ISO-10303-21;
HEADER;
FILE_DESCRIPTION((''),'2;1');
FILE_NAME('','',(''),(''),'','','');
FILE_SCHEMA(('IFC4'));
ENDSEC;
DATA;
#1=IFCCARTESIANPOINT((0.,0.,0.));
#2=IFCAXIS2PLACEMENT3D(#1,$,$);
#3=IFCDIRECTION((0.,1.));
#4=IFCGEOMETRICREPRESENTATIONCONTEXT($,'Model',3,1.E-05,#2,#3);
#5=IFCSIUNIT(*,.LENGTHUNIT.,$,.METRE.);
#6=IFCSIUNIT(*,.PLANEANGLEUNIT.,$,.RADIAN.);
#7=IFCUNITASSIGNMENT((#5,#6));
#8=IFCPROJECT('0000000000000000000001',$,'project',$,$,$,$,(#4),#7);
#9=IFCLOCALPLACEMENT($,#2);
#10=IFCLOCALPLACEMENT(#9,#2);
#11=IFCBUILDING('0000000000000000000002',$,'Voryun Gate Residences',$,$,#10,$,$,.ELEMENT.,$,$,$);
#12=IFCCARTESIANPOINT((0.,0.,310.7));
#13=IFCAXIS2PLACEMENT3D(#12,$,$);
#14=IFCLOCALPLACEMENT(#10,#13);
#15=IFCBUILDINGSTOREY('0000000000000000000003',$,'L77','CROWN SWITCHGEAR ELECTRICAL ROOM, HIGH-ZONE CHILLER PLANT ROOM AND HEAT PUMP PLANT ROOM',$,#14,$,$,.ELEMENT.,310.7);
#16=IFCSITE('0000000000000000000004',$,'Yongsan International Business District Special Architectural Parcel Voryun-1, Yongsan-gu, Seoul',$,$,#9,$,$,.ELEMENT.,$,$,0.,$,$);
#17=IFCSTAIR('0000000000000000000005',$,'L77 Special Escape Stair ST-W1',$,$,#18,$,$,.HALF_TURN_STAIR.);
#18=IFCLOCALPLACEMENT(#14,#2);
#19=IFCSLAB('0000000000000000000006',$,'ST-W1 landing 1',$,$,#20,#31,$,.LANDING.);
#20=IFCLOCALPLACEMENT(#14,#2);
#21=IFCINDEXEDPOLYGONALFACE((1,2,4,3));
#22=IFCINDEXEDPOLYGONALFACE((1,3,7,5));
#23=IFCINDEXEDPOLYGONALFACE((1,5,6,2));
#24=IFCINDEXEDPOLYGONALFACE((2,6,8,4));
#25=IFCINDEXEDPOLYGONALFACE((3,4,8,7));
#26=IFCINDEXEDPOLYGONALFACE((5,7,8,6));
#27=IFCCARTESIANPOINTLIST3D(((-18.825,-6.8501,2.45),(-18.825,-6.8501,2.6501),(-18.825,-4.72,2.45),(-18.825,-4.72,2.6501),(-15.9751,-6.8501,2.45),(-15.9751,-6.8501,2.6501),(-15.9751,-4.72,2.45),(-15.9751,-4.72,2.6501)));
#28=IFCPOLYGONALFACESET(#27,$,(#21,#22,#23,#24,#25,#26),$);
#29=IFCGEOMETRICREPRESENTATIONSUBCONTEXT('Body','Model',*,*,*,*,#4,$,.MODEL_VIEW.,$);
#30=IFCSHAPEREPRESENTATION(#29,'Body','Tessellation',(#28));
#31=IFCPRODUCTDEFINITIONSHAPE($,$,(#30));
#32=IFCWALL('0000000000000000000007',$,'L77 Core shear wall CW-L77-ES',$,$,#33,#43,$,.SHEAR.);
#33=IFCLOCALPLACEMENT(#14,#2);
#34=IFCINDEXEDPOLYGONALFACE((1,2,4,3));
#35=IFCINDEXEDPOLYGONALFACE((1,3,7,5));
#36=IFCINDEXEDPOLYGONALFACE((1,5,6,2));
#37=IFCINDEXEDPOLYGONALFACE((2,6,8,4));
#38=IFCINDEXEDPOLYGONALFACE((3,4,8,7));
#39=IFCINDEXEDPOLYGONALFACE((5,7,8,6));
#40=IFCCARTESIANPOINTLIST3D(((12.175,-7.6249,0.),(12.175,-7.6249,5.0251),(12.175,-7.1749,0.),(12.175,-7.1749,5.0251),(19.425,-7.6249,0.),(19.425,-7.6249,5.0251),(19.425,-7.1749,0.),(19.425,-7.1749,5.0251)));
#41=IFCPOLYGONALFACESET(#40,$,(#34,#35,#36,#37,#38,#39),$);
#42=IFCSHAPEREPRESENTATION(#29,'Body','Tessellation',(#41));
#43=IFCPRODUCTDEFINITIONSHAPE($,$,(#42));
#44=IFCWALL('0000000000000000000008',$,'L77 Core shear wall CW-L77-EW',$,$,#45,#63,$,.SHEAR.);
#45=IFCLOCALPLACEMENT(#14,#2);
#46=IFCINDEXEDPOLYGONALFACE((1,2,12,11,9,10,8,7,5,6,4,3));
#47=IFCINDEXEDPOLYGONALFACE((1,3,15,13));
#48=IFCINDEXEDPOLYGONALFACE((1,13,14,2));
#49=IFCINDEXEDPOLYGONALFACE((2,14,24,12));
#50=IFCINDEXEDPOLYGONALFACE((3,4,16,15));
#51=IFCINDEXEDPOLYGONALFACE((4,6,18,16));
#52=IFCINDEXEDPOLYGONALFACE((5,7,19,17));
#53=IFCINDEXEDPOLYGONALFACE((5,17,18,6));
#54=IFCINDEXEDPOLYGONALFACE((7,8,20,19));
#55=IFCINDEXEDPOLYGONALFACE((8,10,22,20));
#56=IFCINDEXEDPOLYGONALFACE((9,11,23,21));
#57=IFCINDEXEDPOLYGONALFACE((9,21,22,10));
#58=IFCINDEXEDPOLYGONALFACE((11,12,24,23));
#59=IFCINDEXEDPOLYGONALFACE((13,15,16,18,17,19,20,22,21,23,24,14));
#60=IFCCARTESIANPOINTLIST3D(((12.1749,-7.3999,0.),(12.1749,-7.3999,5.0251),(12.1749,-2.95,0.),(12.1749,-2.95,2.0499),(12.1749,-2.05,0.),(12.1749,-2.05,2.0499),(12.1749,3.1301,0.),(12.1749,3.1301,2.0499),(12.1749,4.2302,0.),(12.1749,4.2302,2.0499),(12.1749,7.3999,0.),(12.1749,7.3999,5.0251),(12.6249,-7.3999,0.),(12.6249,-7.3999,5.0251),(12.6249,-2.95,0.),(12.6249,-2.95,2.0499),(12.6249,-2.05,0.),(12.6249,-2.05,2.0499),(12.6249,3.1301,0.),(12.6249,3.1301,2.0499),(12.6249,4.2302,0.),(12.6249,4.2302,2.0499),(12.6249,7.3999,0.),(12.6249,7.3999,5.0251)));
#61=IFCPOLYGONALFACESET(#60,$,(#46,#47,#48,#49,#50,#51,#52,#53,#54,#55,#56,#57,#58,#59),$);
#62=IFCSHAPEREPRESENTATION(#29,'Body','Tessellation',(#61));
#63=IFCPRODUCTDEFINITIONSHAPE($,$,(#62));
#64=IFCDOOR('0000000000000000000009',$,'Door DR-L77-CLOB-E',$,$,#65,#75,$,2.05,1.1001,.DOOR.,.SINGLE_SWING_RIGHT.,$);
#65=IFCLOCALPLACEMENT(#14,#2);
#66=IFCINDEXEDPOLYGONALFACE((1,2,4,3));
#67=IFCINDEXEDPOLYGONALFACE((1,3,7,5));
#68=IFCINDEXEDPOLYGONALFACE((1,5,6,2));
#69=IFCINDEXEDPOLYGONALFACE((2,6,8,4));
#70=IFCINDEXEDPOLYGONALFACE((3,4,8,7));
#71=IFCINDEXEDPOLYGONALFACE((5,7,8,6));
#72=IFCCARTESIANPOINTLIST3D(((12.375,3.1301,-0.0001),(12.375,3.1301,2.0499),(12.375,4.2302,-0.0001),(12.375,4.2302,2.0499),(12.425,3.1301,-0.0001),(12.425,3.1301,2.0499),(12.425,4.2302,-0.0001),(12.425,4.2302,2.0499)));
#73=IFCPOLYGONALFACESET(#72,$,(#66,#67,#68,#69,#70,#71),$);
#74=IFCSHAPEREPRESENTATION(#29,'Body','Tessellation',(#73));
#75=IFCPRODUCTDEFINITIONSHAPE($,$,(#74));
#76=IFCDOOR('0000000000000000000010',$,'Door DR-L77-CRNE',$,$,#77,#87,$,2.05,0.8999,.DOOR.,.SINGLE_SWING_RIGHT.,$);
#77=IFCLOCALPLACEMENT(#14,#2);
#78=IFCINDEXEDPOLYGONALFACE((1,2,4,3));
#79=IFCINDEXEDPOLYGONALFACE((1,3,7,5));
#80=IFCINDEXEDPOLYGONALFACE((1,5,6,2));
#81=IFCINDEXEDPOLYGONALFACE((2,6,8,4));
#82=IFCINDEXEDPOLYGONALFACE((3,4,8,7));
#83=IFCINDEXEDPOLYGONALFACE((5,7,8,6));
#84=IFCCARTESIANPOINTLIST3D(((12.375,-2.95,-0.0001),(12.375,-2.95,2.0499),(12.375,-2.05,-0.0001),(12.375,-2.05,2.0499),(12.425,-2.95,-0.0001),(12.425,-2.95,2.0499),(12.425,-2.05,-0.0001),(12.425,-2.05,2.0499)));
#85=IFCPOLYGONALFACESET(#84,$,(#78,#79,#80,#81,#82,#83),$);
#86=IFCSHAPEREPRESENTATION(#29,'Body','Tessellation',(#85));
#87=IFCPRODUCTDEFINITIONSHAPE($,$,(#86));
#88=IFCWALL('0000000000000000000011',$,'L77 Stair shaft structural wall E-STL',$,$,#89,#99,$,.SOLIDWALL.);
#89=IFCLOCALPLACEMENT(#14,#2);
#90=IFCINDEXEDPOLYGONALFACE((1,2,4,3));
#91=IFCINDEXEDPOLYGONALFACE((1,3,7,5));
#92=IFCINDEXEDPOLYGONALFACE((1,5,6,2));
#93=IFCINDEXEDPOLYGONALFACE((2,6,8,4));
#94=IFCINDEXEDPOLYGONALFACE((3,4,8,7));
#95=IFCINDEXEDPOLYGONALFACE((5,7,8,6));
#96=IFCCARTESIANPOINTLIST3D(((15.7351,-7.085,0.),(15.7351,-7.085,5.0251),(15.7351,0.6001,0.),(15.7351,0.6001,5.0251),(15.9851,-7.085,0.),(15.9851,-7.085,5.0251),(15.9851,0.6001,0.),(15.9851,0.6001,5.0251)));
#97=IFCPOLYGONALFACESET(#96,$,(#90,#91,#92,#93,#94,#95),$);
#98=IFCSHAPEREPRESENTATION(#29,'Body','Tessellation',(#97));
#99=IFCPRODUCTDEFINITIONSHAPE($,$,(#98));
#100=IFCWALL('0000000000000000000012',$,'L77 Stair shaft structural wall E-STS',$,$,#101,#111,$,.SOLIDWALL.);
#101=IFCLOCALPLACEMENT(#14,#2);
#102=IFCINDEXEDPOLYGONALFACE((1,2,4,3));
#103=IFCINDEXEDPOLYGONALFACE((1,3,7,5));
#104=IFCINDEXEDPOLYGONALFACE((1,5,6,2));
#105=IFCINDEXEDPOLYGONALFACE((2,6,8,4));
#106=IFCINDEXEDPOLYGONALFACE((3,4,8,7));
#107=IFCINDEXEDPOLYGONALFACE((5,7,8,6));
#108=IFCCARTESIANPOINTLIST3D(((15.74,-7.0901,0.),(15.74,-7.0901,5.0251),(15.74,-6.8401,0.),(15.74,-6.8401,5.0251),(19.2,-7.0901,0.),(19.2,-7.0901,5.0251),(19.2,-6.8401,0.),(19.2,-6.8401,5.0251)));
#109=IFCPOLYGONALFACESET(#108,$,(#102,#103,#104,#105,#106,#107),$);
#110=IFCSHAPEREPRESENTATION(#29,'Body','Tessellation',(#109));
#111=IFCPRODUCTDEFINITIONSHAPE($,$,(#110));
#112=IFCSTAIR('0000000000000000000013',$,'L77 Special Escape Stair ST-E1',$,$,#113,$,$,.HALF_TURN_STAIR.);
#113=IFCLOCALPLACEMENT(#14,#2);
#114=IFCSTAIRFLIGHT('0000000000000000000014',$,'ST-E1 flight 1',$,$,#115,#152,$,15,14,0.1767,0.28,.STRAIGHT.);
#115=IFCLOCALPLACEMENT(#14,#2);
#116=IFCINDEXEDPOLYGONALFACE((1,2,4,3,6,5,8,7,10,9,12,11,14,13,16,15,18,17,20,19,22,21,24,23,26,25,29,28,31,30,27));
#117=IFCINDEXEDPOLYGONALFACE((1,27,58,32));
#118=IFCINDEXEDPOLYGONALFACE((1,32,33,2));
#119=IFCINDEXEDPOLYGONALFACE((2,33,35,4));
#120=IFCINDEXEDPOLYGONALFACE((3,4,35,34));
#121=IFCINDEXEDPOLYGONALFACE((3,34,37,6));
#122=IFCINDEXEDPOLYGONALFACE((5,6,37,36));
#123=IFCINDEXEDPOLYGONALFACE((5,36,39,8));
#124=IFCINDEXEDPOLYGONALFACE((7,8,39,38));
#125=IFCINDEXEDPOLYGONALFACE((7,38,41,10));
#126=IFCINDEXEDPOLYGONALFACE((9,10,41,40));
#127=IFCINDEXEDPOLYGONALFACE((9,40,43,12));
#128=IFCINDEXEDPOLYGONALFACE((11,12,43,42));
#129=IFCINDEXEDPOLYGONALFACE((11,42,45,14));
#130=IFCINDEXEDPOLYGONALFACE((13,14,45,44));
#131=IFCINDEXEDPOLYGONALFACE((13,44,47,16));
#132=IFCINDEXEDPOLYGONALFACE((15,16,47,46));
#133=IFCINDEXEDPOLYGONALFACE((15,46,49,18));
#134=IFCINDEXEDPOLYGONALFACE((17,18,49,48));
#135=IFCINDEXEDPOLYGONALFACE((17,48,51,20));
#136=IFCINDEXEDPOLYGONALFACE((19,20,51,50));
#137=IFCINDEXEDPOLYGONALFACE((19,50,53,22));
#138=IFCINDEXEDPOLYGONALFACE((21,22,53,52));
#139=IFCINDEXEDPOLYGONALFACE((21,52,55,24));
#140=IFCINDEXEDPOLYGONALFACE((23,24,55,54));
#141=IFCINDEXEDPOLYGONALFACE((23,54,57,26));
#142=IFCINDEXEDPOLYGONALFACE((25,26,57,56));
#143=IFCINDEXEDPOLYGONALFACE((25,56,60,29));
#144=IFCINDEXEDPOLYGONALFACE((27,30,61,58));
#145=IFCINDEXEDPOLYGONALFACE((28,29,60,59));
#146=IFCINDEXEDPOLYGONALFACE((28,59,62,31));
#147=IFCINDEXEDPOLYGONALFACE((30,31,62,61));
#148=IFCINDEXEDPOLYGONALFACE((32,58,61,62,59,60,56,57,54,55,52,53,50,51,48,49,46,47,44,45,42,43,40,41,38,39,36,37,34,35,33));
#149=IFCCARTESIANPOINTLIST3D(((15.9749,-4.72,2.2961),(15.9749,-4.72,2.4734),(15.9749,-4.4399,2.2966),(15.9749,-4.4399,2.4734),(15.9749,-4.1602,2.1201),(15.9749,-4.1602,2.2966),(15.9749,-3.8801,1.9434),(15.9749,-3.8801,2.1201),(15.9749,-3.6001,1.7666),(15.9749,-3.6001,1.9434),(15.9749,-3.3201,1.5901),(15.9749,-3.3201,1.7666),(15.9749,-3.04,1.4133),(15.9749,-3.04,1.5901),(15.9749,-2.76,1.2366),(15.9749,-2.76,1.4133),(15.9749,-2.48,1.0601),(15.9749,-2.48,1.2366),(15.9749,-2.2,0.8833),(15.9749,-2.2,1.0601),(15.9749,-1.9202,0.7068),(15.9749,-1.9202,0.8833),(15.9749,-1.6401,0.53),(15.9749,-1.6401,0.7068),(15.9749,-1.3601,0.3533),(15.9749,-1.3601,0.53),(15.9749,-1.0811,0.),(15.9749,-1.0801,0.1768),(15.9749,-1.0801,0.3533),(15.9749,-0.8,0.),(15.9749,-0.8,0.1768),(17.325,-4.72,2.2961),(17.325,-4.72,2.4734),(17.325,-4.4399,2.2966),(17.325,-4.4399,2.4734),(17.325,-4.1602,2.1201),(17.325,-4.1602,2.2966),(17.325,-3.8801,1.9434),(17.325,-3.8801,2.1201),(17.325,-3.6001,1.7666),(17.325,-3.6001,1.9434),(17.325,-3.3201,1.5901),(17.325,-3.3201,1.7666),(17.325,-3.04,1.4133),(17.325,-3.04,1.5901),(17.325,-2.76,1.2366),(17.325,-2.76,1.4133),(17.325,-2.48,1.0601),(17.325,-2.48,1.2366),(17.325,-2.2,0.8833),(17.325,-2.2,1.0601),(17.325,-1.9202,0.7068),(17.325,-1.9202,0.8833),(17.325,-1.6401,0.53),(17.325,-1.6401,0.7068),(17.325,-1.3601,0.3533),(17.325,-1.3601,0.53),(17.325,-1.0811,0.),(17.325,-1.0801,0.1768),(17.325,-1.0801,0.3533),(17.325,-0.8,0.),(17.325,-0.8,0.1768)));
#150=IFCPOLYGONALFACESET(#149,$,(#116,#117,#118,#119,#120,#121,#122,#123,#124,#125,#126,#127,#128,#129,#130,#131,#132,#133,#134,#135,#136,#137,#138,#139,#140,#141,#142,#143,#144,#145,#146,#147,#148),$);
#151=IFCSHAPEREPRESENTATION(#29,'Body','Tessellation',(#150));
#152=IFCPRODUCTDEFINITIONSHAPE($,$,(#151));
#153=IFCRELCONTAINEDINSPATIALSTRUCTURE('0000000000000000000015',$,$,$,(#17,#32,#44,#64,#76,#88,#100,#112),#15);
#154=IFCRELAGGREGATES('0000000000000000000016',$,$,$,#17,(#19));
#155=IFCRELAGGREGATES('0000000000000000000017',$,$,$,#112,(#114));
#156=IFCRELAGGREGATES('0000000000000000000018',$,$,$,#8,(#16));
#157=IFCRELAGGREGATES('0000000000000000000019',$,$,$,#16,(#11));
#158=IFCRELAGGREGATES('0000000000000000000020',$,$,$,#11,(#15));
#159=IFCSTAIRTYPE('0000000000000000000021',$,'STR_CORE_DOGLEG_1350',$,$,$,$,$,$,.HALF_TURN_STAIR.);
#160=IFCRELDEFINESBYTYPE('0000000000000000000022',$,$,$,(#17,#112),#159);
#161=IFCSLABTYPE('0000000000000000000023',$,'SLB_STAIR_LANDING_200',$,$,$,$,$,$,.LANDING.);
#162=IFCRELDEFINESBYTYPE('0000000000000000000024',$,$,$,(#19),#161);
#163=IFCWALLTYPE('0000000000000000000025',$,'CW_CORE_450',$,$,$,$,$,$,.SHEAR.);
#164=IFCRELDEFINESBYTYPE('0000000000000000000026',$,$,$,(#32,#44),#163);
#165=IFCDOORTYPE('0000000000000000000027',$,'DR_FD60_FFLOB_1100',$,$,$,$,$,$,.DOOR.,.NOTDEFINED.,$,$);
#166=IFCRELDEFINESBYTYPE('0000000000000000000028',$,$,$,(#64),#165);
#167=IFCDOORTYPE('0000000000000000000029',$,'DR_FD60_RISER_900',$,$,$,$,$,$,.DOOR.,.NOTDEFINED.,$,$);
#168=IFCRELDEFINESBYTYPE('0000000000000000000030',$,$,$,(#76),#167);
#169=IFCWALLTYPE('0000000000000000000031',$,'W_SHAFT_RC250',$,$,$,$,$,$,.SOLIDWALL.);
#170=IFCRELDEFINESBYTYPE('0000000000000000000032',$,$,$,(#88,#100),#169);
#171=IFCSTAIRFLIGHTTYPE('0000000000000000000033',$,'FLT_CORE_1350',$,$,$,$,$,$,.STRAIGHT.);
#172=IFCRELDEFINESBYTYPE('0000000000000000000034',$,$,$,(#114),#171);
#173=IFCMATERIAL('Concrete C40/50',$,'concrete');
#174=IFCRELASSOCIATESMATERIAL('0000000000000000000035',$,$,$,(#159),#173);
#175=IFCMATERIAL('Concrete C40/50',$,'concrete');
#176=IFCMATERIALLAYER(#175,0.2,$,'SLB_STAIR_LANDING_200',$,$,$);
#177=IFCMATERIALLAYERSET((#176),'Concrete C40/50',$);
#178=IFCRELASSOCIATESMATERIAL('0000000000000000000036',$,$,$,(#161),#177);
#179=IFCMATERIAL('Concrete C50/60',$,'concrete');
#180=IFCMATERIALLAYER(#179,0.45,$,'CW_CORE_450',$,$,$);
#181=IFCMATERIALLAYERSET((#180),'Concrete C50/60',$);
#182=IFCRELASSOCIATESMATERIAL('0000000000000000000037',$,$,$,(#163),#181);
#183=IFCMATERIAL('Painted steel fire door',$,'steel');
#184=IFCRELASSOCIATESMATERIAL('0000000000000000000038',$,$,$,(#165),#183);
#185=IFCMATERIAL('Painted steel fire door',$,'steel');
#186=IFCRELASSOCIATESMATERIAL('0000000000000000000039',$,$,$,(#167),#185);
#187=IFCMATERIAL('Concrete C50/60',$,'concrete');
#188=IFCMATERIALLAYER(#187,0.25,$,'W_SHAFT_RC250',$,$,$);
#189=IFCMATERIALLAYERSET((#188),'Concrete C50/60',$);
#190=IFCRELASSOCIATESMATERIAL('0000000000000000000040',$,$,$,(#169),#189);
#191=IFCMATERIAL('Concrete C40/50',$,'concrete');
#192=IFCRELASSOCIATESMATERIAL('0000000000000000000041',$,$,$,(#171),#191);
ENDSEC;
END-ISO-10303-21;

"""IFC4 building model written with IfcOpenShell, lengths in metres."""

from ifc_helpers import new_model, si_unit, direction, frame, frame_2d, origin, place, context, subcontext, project, spatial, polyline, rectangle, outline, extrude, material, layer, layer_set, type_object, element, fill, aggregate, save


model = new_model("IFC4")

# Units and contexts
model_context = context("Model", 3, precision=1e-05, world=origin(), true_north=direction((0.0, 1.0)))
body_context = subcontext(model_context, "Body", "Model", "MODEL_VIEW")
ifc_project = project(units=[si_unit("LENGTHUNIT", "METRE"), si_unit("PLANEANGLEUNIT", "RADIAN")], contexts=[model_context])

# Site, building, storey
site_placement = place(None, origin())
site = spatial("IfcSite", under=ifc_project, at=site_placement, Name="Yongsan International Business District Special Architectural Parcel Voryun-1, Yongsan-gu, Seoul", CompositionType="ELEMENT", RefElevation=0.0)
building_placement = place(site_placement, origin())
building = spatial("IfcBuilding", under=site, at=building_placement, Name="Voryun Gate Residences", CompositionType="ELEMENT")
storey_placement = place(building_placement, frame((0.0, 0.0, 310.7)))
storey = spatial("IfcBuildingStorey", under=building, at=storey_placement, Name="L77", Description="CROWN SWITCHGEAR ELECTRICAL ROOM, HIGH-ZONE CHILLER PLANT ROOM AND HEAT PUMP PLANT ROOM", CompositionType="ELEMENT", Elevation=310.7)

# Stair, slab
ifc_material_1 = material(Name="Concrete C40/50", Category="concrete")
stair_type = type_object("IfcStairType", Name="STR_CORE_DOGLEG_1350", PredefinedType="HALF_TURN_STAIR", material=ifc_material_1)
stair_1_placement = place(storey_placement, origin())
stair_1 = element("IfcStair", 1, at=stair_1_placement, inside=storey, type_object=stair_type, Name="L77 Special Escape Stair ST-W1", PredefinedType="HALF_TURN_STAIR")
ifc_material_2 = material(Name="Concrete C40/50", Category="concrete")
ifc_layer_1 = layer(ifc_material_2, 0.2, Name="SLB_STAIR_LANDING_200")
ifc_layer_set_1 = layer_set([ifc_layer_1], Name="Concrete C40/50")
slab_type = type_object("IfcSlabType", Name="SLB_STAIR_LANDING_200", PredefinedType="LANDING", material=ifc_layer_set_1)
slab_placement = place(storey_placement, frame((0.0, 0.0, 2.45)))
slab = element("IfcSlab", 2, at=slab_placement, type_object=slab_type, Name="ST-W1 landing 1", PredefinedType="LANDING", context=body_context, shape_type="SweptSolid", body=[
    extrude(outline(polyline([(-18.825, -4.72), (-18.825, -6.8501), (-15.9751, -6.8501), (-15.9751, -4.72), (-18.825, -4.72)])), origin(), (0.0, 0.0, 1.0), 0.2002),
])
aggregate(stair_1, [slab])

# Wall
ifc_material_3 = material(Name="Concrete C50/60", Category="concrete")
ifc_layer_2 = layer(ifc_material_3, 0.45, Name="CW_CORE_450")
ifc_layer_set_2 = layer_set([ifc_layer_2], Name="Concrete C50/60")
wall_type_1 = type_object("IfcWallType", Name="CW_CORE_450", PredefinedType="SHEAR", material=ifc_layer_set_2)
wall_1_placement = place(storey_placement, frame((12.175, -7.3999, 0.0), z_axis=(0.0, 0.0, 1.0), x_axis=(1.0, 0.0, 0.0)))
element("IfcWall", 3, at=wall_1_placement, inside=storey, type_object=wall_type_1, Name="L77 Core shear wall CW-L77-ES", PredefinedType="SHEAR", context=body_context, shape_type="SweptSolid", body=[
    extrude(rectangle(XDim=7.25, YDim=0.45, at=frame_2d((3.625, 0.0))), origin(), (0.0, 0.0, 1.0), 5.0251),
])

# Wall, openings, doors
wall_2_placement = place(storey_placement, frame((12.3999, -7.3999, 0.0), z_axis=(0.0, 0.0, 1.0), x_axis=(0.0, 1.0, 0.0)))
wall_2 = element("IfcWall", 4, at=wall_2_placement, inside=storey, type_object=wall_type_1, Name="L77 Core shear wall CW-L77-EW", PredefinedType="SHEAR", context=body_context, shape_type="SweptSolid", body=[
    extrude(rectangle(XDim=14.7998, YDim=0.45, at=frame_2d((7.3999, 0.0))), origin(), (0.0, 0.0, 1.0), 5.0251),
])
opening_1_placement = place(wall_2_placement, frame((10.53, 0.0, 0.0)))
opening_1 = element("IfcOpeningElement", 5, at=opening_1_placement, cuts=wall_2, PredefinedType="OPENING", context=body_context, shape_type="SweptSolid", body=[
    extrude(rectangle(XDim=1.1001, YDim=2.05, at=frame_2d((0.55, 1.0249))), frame((0.0, 0.2351, 0.0), z_axis=(0.0, -1.0, 0.0), x_axis=(1.0, 0.0, 0.0)), (0.0, 0.0, 1.0), 0.47),
])
opening_2_placement = place(wall_2_placement, frame((4.45, 0.0, 0.0)))
opening_2 = element("IfcOpeningElement", 6, at=opening_2_placement, cuts=wall_2, PredefinedType="OPENING", context=body_context, shape_type="SweptSolid", body=[
    extrude(rectangle(XDim=0.8999, YDim=2.05, at=frame_2d((0.45, 1.0249))), frame((0.0, 0.2351, 0.0), z_axis=(0.0, -1.0, 0.0), x_axis=(1.0, 0.0, 0.0)), (0.0, 0.0, 1.0), 0.47),
])
ifc_material_4 = material(Name="Painted steel fire door", Category="steel")
door_type_1 = type_object("IfcDoorType", Name="DR_FD60_FFLOB_1100", OperationType="NOTDEFINED", PredefinedType="DOOR", material=ifc_material_4)
door_1_placement = place(opening_1_placement, origin())
door_1 = element("IfcDoor", 7, at=door_1_placement, inside=storey, type_object=door_type_1, Name="Door DR-L77-CLOB-E", OperationType="SINGLE_SWING_RIGHT", OverallHeight=2.05, OverallWidth=1.1001, PredefinedType="DOOR", context=body_context, shape_type="SweptSolid", body=[
    extrude(rectangle(XDim=1.1001, YDim=2.05, at=frame_2d((0.55, 1.0249))), frame((0.0, 0.0249, 0.0), z_axis=(0.0, -1.0, 0.0), x_axis=(1.0, 0.0, 0.0)), (0.0, 0.0, 1.0), 0.05),
])
fill(opening_1, door_1)
ifc_material_5 = material(Name="Painted steel fire door", Category="steel")
door_type_2 = type_object("IfcDoorType", Name="DR_FD60_RISER_900", OperationType="NOTDEFINED", PredefinedType="DOOR", material=ifc_material_5)
door_2_placement = place(opening_2_placement, origin())
door_2 = element("IfcDoor", 8, at=door_2_placement, inside=storey, type_object=door_type_2, Name="Door DR-L77-CRNE", OperationType="SINGLE_SWING_RIGHT", OverallHeight=2.05, OverallWidth=0.8999, PredefinedType="DOOR", context=body_context, shape_type="SweptSolid", body=[
    extrude(rectangle(XDim=0.8999, YDim=2.05, at=frame_2d((0.45, 1.0249))), frame((0.0, 0.0249, 0.0), z_axis=(0.0, -1.0, 0.0), x_axis=(1.0, 0.0, 0.0)), (0.0, 0.0, 1.0), 0.05),
])
fill(opening_2, door_2)

# Walls
ifc_material_6 = material(Name="Concrete C50/60", Category="concrete")
ifc_layer_3 = layer(ifc_material_6, 0.25, Name="W_SHAFT_RC250")
ifc_layer_set_3 = layer_set([ifc_layer_3], Name="Concrete C50/60")
wall_type_2 = type_object("IfcWallType", Name="W_SHAFT_RC250", PredefinedType="SOLIDWALL", material=ifc_layer_set_3)
wall_3_placement = place(storey_placement, frame((15.8601, -7.085, 0.0), z_axis=(0.0, 0.0, 1.0), x_axis=(0.0, 1.0, 0.0)))
element("IfcWall", 9, at=wall_3_placement, inside=storey, type_object=wall_type_2, Name="L77 Stair shaft structural wall E-STL", PredefinedType="SOLIDWALL", context=body_context, shape_type="SweptSolid", body=[
    extrude(rectangle(XDim=7.6851, YDim=0.25, at=frame_2d((3.8425, 0.0))), origin(), (0.0, 0.0, 1.0), 5.0251),
])
wall_4_placement = place(storey_placement, frame((15.74, -6.9651, 0.0), z_axis=(0.0, 0.0, 1.0), x_axis=(1.0, 0.0, 0.0)))
element("IfcWall", 10, at=wall_4_placement, inside=storey, type_object=wall_type_2, Name="L77 Stair shaft structural wall E-STS", PredefinedType="SOLIDWALL", context=body_context, shape_type="SweptSolid", body=[
    extrude(rectangle(XDim=3.46, YDim=0.25, at=frame_2d((1.73, 0.0))), origin(), (0.0, 0.0, 1.0), 5.0251),
])

# Stair, stair flight
stair_2_placement = place(storey_placement, origin())
stair_2 = element("IfcStair", 11, at=stair_2_placement, inside=storey, type_object=stair_type, Name="L77 Special Escape Stair ST-E1", PredefinedType="HALF_TURN_STAIR")
ifc_material_7 = material(Name="Concrete C40/50", Category="concrete")
stair_flight_type = type_object("IfcStairFlightType", Name="FLT_CORE_1350", PredefinedType="STRAIGHT", material=ifc_material_7)
stair_flight_placement = place(storey_placement, frame((16.6499, -0.8, 0.0), z_axis=(0.0, 0.0, 1.0), x_axis=(0.0, -1.0, 0.0)))
stair_flight = element("IfcStairFlight", 12, at=stair_flight_placement, type_object=stair_flight_type, Name="ST-E1 flight 1", NumberOfRisers=15, NumberOfTreads=14, PredefinedType="STRAIGHT", RiserHeight=0.1767, TreadLength=0.28, context=body_context, shape_type="SweptSolid", body=[
    extrude(outline(polyline([(0.0, 0.0), (0.0, 0.1768), (0.28, 0.1768), (0.28, 0.3533), (0.5601, 0.3533), (0.5601, 0.53), (0.8401, 0.53), (0.8401, 0.7068), (1.1201, 0.7068), (1.1201, 0.8833), (1.3999, 0.8833), (1.3999, 1.0601), (1.6799, 1.0601), (1.6799, 1.2366), (1.96, 1.2366), (1.96, 1.4133), (2.24, 1.4133), (2.24, 1.5901), (2.52, 1.5901), (2.52, 1.7666), (2.8, 1.7666), (2.8, 1.9434), (3.0801, 1.9434), (3.0801, 2.1201), (3.3601, 2.1201), (3.3601, 2.2966), (3.6399, 2.2966), (3.6399, 2.4734), (3.9199, 2.4734), (3.9199, 2.6499), (3.9199, 2.2961), (0.281, 0.0), (0.0, 0.0)])), frame((0.0, 0.675, 0.0), z_axis=(0.0, -1.0, 0.0), x_axis=(1.0, 0.0, 0.0)), (0.0, 0.0, 1.0), 1.3501),
])
aggregate(stair_2, [stair_flight])

save(model, "model.ifc")
